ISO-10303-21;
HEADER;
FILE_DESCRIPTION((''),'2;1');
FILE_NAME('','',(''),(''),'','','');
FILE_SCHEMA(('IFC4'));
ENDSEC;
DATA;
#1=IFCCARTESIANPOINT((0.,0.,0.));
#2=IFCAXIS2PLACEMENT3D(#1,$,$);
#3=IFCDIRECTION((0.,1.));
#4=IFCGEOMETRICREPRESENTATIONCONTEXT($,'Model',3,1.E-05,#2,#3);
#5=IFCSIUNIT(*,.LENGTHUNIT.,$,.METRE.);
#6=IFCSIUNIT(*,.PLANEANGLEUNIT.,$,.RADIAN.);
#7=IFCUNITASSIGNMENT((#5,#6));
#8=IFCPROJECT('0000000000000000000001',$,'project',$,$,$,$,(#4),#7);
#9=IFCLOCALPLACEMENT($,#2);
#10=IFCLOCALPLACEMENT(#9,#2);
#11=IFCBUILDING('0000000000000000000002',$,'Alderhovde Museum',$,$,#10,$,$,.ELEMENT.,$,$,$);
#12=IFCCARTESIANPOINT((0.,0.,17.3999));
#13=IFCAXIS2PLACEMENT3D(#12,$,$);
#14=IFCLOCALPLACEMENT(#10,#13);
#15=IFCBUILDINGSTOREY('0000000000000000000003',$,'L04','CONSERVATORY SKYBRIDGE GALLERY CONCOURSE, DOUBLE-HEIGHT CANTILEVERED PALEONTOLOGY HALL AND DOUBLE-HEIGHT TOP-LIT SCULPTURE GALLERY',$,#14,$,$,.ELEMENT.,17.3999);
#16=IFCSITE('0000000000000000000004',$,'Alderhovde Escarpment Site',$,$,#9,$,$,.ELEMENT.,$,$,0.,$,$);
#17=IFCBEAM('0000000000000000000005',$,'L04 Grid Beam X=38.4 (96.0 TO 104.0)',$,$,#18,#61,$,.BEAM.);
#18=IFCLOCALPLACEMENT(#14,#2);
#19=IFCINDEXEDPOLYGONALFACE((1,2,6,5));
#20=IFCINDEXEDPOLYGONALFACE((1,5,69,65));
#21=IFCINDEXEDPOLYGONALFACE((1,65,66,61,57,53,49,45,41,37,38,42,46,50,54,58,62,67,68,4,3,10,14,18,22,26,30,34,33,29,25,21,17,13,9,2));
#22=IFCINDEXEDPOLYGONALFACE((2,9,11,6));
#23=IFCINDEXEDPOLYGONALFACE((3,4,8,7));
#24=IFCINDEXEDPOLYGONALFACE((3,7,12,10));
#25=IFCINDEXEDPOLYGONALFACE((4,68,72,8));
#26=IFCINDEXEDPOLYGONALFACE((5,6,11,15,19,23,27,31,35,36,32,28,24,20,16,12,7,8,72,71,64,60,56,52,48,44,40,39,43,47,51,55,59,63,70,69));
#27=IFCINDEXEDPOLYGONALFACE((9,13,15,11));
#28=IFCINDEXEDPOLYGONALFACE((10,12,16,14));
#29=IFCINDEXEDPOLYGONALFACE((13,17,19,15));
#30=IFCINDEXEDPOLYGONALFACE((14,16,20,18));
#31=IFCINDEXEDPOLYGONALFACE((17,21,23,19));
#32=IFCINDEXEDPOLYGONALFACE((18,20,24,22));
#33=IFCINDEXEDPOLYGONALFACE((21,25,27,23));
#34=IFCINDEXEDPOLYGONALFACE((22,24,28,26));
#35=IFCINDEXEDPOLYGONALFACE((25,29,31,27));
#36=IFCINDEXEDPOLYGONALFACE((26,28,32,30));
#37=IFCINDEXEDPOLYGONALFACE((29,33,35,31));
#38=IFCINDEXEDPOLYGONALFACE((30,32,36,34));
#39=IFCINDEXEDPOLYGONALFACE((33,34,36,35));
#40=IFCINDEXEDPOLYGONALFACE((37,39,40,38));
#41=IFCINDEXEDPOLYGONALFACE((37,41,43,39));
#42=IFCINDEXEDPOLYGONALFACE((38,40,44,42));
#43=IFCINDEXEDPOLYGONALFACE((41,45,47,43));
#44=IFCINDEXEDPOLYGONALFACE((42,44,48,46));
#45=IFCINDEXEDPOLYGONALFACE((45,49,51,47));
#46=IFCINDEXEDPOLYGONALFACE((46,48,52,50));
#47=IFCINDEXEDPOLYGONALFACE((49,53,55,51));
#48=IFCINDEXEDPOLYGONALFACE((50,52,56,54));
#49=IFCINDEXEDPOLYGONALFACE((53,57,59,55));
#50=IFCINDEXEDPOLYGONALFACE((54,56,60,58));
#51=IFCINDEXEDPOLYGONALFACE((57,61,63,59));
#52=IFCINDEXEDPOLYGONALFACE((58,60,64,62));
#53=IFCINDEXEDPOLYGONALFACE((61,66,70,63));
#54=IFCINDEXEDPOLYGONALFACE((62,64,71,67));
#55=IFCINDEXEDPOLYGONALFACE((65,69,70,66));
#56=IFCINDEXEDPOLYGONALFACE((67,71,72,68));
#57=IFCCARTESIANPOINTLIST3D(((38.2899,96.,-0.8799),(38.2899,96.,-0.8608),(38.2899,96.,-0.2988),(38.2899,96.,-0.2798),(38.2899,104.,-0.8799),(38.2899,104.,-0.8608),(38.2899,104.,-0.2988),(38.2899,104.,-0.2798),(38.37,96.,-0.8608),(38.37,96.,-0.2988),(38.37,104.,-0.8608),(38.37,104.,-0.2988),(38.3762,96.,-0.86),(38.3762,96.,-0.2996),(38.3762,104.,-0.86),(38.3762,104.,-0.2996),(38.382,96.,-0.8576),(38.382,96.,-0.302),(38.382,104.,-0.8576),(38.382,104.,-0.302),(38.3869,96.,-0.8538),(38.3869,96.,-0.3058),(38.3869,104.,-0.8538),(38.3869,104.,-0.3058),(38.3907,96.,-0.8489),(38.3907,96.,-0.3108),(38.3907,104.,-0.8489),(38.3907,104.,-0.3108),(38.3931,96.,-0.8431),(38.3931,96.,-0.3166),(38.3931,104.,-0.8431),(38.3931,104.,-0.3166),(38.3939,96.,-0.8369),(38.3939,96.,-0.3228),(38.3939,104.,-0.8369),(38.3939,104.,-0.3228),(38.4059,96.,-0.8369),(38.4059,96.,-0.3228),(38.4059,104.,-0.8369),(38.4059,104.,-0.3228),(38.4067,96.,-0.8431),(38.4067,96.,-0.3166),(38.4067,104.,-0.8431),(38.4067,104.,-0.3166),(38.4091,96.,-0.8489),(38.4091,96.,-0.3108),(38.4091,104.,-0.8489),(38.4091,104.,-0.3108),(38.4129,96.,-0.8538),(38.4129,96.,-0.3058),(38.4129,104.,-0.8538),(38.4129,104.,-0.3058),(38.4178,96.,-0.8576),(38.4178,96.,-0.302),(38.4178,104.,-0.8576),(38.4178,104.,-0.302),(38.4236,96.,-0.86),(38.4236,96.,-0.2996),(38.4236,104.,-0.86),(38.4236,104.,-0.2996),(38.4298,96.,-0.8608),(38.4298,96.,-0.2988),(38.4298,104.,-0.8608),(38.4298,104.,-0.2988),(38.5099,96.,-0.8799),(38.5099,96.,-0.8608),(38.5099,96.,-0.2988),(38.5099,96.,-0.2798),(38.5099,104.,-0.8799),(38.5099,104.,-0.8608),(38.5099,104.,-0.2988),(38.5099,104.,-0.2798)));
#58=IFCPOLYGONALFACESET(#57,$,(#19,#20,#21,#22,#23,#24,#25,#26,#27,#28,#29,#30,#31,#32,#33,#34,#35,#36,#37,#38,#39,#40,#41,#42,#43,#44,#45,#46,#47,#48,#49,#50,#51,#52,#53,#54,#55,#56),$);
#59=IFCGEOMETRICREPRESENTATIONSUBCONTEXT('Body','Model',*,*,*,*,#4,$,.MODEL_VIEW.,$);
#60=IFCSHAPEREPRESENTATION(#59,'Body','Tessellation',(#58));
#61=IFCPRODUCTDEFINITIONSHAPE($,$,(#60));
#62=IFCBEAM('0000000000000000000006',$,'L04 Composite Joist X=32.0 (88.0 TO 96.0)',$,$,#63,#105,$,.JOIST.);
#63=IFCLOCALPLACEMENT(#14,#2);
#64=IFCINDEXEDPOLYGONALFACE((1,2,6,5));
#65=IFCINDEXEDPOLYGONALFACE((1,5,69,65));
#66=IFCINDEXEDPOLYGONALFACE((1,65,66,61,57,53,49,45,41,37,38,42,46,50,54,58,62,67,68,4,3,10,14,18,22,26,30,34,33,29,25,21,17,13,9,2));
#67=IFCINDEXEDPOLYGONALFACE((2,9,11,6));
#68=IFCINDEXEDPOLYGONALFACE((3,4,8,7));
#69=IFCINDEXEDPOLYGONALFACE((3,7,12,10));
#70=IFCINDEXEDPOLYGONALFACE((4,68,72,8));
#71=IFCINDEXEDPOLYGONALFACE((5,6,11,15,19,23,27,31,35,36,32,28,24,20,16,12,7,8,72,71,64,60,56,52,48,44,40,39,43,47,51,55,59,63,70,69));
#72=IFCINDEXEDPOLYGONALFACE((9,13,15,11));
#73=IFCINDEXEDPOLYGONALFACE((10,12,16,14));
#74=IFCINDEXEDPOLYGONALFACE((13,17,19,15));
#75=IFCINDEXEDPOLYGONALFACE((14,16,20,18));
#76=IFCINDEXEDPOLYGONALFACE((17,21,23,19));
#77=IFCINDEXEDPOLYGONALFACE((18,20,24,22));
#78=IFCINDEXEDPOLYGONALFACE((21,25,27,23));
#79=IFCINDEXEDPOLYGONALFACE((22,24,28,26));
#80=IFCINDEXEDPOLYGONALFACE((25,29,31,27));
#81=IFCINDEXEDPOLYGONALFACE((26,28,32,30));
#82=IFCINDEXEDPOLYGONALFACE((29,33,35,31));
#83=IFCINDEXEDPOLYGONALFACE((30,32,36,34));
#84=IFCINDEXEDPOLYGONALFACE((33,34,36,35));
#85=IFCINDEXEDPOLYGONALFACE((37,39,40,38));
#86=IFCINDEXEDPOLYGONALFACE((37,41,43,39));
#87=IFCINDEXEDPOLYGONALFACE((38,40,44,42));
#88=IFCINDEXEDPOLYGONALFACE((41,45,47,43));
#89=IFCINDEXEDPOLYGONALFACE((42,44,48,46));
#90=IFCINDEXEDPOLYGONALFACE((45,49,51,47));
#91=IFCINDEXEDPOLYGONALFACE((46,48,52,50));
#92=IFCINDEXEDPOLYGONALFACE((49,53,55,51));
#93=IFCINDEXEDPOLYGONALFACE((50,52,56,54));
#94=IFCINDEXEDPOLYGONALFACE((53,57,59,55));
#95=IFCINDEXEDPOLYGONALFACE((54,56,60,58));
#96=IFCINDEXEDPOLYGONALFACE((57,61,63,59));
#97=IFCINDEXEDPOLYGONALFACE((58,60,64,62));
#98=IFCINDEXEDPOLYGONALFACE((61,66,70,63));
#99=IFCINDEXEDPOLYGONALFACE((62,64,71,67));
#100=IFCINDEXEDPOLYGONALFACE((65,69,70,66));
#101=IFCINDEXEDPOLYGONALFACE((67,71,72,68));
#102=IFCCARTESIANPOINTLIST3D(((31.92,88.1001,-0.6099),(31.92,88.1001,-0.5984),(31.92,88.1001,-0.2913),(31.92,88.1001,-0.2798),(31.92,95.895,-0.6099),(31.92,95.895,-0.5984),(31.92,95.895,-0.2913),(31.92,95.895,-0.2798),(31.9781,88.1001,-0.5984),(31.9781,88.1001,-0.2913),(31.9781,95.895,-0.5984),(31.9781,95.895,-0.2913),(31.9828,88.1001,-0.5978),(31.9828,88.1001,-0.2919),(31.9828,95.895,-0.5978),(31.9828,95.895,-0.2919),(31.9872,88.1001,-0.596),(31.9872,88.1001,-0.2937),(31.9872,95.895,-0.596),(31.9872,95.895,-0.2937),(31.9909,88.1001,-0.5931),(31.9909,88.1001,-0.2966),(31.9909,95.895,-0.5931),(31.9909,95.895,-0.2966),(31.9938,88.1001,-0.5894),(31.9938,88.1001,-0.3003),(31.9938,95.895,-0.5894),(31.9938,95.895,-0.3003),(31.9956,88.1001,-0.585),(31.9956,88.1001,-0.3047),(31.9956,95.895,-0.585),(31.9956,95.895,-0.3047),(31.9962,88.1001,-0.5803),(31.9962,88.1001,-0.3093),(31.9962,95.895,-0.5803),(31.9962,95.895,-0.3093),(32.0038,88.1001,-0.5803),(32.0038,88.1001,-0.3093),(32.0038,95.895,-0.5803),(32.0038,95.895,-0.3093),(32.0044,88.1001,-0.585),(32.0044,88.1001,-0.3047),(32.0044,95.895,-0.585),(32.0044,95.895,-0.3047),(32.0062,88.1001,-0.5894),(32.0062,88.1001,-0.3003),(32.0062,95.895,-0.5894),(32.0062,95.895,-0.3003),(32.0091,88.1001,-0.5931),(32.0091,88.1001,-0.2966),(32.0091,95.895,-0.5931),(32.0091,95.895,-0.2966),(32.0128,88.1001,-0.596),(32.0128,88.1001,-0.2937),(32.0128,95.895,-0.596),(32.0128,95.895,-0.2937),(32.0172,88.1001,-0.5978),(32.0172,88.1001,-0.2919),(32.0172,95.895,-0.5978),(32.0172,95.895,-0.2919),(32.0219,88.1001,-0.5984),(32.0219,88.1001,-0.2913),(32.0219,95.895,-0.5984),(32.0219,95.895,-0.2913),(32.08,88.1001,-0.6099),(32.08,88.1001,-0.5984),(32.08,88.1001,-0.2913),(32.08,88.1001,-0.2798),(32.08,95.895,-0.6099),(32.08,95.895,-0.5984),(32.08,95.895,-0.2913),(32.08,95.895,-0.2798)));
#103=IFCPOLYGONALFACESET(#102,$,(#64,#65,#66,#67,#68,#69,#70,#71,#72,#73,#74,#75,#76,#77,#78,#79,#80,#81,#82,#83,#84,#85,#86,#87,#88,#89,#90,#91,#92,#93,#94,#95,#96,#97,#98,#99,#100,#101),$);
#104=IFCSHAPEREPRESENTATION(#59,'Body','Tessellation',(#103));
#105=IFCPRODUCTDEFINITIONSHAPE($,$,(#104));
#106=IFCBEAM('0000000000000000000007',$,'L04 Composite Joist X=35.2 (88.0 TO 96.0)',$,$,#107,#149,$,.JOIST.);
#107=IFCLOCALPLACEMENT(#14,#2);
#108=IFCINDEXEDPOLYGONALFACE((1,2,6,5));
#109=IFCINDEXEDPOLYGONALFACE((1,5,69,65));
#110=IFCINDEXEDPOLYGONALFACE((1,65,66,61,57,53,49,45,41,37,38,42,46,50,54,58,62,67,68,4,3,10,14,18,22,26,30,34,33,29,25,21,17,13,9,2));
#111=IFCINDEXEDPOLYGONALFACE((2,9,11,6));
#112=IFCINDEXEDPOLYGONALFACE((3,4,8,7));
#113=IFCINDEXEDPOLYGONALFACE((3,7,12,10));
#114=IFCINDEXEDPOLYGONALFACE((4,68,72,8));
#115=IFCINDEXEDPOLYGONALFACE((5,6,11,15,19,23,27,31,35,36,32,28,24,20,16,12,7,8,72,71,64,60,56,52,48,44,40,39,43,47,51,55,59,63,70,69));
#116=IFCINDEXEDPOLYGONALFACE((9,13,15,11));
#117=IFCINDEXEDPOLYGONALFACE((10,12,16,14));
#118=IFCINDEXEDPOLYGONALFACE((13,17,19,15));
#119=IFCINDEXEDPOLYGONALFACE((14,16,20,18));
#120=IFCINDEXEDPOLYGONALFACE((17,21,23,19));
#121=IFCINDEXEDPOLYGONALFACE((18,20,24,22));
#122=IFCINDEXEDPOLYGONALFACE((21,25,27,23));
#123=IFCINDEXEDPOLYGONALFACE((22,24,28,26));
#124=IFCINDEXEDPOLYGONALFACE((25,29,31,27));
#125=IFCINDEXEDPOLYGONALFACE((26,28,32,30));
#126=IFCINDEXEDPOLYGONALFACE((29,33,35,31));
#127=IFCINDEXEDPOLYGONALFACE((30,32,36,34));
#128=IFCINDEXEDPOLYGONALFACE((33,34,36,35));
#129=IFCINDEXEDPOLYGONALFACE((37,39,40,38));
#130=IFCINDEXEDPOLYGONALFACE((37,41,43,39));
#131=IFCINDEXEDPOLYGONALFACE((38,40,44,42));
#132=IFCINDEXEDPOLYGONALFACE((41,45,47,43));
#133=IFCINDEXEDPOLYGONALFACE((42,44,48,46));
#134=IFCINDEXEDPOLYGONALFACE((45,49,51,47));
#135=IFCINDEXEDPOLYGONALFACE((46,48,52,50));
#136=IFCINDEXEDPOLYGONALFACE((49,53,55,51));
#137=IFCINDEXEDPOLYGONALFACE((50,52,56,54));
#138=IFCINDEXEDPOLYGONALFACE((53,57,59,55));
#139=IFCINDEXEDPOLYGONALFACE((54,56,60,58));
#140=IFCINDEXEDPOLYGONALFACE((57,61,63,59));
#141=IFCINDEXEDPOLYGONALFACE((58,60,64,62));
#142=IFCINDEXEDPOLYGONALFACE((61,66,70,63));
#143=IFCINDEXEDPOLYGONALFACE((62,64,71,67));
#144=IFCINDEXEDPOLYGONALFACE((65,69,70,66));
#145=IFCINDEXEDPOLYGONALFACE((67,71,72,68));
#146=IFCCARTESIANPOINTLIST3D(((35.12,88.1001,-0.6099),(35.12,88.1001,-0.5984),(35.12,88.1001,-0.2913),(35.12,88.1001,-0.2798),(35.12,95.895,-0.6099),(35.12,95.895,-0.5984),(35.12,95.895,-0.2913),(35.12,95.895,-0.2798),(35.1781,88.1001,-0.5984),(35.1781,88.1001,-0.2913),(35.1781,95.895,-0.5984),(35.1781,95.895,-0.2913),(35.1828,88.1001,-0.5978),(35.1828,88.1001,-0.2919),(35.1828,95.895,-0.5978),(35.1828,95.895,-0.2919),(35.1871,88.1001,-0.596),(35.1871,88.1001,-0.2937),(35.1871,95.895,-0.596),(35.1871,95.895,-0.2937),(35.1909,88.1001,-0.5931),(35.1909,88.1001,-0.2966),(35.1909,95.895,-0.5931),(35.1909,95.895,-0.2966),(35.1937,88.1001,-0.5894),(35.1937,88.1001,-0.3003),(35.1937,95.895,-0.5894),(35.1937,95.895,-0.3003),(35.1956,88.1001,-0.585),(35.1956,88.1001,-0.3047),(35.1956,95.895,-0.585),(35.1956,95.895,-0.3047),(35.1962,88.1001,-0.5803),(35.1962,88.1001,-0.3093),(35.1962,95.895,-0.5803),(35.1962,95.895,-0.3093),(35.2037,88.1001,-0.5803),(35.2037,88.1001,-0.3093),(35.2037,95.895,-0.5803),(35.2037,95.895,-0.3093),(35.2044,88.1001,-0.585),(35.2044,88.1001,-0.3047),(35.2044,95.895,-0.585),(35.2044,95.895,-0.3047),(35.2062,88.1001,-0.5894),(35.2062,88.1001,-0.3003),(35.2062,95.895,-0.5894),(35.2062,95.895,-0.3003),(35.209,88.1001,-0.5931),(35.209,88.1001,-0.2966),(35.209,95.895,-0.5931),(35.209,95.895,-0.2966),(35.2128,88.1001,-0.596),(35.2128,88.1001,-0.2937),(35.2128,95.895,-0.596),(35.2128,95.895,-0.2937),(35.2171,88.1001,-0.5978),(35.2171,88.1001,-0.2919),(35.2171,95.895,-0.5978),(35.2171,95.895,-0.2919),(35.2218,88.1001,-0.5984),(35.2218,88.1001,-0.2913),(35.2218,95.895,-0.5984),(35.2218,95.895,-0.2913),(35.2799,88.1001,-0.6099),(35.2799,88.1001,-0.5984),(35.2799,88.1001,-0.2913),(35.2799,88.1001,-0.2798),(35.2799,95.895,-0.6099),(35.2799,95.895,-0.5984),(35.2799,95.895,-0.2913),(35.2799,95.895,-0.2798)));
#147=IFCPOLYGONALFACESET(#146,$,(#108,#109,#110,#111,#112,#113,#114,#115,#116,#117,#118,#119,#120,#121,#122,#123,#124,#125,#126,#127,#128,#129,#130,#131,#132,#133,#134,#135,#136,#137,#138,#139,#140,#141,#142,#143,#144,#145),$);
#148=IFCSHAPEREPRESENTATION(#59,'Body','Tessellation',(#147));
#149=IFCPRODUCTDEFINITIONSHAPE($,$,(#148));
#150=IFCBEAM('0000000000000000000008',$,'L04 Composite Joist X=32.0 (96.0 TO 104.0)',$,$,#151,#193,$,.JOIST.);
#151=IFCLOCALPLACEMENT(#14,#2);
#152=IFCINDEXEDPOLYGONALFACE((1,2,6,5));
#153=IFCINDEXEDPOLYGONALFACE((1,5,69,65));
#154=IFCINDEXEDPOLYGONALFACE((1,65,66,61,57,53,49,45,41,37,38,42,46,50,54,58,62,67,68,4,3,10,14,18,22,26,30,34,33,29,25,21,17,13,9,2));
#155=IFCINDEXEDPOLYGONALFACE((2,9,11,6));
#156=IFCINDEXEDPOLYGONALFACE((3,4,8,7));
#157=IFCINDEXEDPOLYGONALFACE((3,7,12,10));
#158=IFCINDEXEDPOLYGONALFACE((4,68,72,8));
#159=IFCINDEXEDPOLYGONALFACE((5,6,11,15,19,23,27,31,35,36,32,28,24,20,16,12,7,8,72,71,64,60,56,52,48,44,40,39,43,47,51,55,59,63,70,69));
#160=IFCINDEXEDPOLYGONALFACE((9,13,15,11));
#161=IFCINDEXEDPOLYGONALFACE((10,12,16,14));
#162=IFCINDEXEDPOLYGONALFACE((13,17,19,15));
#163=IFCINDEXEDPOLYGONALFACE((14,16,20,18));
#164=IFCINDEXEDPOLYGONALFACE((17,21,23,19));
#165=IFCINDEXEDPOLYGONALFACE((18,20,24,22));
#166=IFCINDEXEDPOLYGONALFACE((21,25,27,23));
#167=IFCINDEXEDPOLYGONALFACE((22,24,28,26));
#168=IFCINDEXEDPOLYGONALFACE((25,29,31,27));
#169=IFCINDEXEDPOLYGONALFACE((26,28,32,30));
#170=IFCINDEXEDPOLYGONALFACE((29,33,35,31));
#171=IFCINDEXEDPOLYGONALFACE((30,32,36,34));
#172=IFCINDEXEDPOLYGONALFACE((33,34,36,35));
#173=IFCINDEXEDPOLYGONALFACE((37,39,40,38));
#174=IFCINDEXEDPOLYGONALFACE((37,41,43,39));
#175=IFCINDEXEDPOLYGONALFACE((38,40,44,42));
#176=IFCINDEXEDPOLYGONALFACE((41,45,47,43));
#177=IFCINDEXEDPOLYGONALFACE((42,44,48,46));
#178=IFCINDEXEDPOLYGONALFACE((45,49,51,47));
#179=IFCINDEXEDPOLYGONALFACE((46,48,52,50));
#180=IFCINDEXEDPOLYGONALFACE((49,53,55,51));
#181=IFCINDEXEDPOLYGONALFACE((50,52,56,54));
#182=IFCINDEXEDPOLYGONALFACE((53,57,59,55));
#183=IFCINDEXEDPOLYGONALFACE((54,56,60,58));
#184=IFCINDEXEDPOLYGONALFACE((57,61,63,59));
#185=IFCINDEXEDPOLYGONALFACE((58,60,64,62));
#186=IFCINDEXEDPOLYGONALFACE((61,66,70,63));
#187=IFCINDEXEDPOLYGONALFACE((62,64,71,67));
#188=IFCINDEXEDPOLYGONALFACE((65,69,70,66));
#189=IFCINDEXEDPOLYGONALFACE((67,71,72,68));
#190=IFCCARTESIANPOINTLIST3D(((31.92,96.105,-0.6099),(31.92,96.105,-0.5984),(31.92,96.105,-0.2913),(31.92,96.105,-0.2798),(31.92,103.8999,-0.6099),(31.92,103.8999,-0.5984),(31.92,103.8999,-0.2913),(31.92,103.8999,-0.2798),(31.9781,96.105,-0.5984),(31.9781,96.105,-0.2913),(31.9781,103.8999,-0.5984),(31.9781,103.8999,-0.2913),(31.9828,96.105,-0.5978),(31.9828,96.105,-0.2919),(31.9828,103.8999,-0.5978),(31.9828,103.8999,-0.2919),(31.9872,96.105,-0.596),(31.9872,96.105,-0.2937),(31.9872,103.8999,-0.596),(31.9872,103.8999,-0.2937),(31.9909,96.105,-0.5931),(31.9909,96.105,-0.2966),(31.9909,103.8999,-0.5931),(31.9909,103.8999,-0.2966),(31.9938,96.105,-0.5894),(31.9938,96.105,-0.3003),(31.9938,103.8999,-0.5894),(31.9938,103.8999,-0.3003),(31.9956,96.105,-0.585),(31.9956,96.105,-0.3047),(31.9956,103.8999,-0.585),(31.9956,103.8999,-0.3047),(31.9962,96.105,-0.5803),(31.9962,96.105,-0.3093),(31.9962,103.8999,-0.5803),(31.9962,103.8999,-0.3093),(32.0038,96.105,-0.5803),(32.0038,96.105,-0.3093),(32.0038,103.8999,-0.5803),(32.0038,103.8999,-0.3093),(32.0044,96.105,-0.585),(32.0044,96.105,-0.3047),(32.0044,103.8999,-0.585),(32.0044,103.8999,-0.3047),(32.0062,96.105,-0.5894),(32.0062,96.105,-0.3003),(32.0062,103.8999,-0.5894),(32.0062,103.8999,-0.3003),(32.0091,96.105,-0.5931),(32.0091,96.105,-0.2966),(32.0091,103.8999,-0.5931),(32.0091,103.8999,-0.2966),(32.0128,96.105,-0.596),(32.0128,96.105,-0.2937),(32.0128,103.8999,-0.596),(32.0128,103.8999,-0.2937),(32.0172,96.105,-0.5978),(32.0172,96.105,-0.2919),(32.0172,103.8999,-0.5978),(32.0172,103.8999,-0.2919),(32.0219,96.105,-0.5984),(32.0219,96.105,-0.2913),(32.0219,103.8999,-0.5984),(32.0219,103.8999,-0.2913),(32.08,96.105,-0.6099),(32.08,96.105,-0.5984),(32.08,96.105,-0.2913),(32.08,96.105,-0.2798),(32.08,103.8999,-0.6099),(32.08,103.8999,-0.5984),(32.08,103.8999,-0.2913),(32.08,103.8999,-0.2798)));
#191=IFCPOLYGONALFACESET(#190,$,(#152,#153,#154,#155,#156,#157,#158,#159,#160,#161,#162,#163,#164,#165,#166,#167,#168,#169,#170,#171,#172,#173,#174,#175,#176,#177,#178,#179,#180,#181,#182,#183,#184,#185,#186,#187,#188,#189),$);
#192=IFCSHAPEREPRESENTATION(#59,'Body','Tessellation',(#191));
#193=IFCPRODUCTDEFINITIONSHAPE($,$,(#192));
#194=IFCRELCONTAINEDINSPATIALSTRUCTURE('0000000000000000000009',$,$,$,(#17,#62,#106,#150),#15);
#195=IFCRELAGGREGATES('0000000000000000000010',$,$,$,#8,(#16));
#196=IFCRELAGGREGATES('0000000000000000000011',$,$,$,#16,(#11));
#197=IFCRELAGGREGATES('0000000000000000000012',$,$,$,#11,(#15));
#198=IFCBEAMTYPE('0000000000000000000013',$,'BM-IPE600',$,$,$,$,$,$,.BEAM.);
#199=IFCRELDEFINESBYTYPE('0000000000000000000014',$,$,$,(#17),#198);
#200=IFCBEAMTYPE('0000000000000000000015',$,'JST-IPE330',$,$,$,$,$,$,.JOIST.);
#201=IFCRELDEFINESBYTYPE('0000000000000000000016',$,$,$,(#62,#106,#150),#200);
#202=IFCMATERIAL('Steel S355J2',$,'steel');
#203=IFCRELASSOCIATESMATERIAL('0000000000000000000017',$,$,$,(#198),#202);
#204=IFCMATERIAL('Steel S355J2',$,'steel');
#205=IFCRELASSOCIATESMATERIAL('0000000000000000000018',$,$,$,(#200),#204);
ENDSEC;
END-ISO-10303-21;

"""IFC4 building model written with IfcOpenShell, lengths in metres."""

from ifc_helpers import new_model, si_unit, direction, frame, origin, origin_2d, place, context, subcontext, project, spatial, i_section, extrude, material, material_profile, profile_set, type_object, element, save


model = new_model("IFC4")

# Units and contexts
model_context = context("Model", 3, precision=1e-05, world=origin(), true_north=direction((0.0, 1.0)))
body_context = subcontext(model_context, "Body", "Model", "MODEL_VIEW")
ifc_project = project(units=[si_unit("LENGTHUNIT", "METRE"), si_unit("PLANEANGLEUNIT", "RADIAN")], contexts=[model_context])

# Site, building, storey
site_placement = place(None, origin())
site = spatial("IfcSite", under=ifc_project, at=site_placement, Name="Alderhovde Escarpment Site", CompositionType="ELEMENT", RefElevation=0.0)
building_placement = place(site_placement, origin())
building = spatial("IfcBuilding", under=site, at=building_placement, Name="Alderhovde Museum", CompositionType="ELEMENT")
storey_placement = place(building_placement, frame((0.0, 0.0, 17.3999)))
storey = spatial("IfcBuildingStorey", under=building, at=storey_placement, Name="L04", Description="CONSERVATORY SKYBRIDGE GALLERY CONCOURSE, DOUBLE-HEIGHT CANTILEVERED PALEONTOLOGY HALL AND DOUBLE-HEIGHT TOP-LIT SCULPTURE GALLERY", CompositionType="ELEMENT", Elevation=17.3999)

# Beams
ifc_material_1 = material(Name="Steel S355J2", Category="steel")
ifc_material_profile_1 = material_profile(ifc_material_1, i_section(OverallWidth=0.22, OverallDepth=0.6001, WebThickness=0.012, FlangeThickness=0.019, FilletRadius=0.0239, at=origin_2d()), Name="IPE 600")
ifc_profile_set_1 = profile_set([ifc_material_profile_1], Name="Steel S355J2")
beam_type_1 = type_object("IfcBeamType", Name="BM-IPE600", PredefinedType="BEAM", material=ifc_profile_set_1)
for number, where, z_axis, x_axis, name in (
    (1, (38.3999, 96.0, -0.5798), (0.0, 1.0, 0.0), (-1.0, 0.0, 0.0), "L04 Grid Beam X=38.4 (96.0 TO 104.0)"),
):
    element("IfcBeam", number, at=place(storey_placement, frame(where, z_axis=z_axis, x_axis=x_axis)), inside=storey, type_object=beam_type_1, Name=name, PredefinedType="BEAM", context=body_context, shape_type="SweptSolid", body=[
        extrude(i_section(OverallWidth=0.22, OverallDepth=0.6001, WebThickness=0.012, FlangeThickness=0.019, FilletRadius=0.0239, at=origin_2d()), origin(), (0.0, 0.0, 1.0), 8.0),
    ])
ifc_material_2 = material(Name="Steel S355J2", Category="steel")
ifc_material_profile_2 = material_profile(ifc_material_2, i_section(OverallWidth=0.1599, OverallDepth=0.3301, WebThickness=0.0076, FlangeThickness=0.0115, FilletRadius=0.0181, at=origin_2d()), Name="IPE 330")
ifc_profile_set_2 = profile_set([ifc_material_profile_2], Name="Steel S355J2")
beam_type_2 = type_object("IfcBeamType", Name="JST-IPE330", PredefinedType="JOIST", material=ifc_profile_set_2)
for number, where, z_axis, x_axis, name in (
    (2, (32.0, 88.1001, -0.4448), (0.0, 1.0, 0.0), (-1.0, 0.0, 0.0), "L04 Composite Joist X=32.0 (88.0 TO 96.0)"),
    (3, (35.2, 88.1001, -0.4448), (0.0, 1.0, 0.0), (-1.0, 0.0, 0.0), "L04 Composite Joist X=35.2 (88.0 TO 96.0)"),
    (4, (32.0, 96.105, -0.4448), (0.0, 1.0, 0.0), (-1.0, 0.0, 0.0), "L04 Composite Joist X=32.0 (96.0 TO 104.0)"),
):
    element("IfcBeam", number, at=place(storey_placement, frame(where, z_axis=z_axis, x_axis=x_axis)), inside=storey, type_object=beam_type_2, Name=name, PredefinedType="JOIST", context=body_context, shape_type="SweptSolid", body=[
        extrude(i_section(OverallWidth=0.1599, OverallDepth=0.3301, WebThickness=0.0076, FlangeThickness=0.0115, FilletRadius=0.0181, at=origin_2d()), origin(), (0.0, 0.0, 1.0), 7.7949),
    ])

save(model, "model.ifc")
